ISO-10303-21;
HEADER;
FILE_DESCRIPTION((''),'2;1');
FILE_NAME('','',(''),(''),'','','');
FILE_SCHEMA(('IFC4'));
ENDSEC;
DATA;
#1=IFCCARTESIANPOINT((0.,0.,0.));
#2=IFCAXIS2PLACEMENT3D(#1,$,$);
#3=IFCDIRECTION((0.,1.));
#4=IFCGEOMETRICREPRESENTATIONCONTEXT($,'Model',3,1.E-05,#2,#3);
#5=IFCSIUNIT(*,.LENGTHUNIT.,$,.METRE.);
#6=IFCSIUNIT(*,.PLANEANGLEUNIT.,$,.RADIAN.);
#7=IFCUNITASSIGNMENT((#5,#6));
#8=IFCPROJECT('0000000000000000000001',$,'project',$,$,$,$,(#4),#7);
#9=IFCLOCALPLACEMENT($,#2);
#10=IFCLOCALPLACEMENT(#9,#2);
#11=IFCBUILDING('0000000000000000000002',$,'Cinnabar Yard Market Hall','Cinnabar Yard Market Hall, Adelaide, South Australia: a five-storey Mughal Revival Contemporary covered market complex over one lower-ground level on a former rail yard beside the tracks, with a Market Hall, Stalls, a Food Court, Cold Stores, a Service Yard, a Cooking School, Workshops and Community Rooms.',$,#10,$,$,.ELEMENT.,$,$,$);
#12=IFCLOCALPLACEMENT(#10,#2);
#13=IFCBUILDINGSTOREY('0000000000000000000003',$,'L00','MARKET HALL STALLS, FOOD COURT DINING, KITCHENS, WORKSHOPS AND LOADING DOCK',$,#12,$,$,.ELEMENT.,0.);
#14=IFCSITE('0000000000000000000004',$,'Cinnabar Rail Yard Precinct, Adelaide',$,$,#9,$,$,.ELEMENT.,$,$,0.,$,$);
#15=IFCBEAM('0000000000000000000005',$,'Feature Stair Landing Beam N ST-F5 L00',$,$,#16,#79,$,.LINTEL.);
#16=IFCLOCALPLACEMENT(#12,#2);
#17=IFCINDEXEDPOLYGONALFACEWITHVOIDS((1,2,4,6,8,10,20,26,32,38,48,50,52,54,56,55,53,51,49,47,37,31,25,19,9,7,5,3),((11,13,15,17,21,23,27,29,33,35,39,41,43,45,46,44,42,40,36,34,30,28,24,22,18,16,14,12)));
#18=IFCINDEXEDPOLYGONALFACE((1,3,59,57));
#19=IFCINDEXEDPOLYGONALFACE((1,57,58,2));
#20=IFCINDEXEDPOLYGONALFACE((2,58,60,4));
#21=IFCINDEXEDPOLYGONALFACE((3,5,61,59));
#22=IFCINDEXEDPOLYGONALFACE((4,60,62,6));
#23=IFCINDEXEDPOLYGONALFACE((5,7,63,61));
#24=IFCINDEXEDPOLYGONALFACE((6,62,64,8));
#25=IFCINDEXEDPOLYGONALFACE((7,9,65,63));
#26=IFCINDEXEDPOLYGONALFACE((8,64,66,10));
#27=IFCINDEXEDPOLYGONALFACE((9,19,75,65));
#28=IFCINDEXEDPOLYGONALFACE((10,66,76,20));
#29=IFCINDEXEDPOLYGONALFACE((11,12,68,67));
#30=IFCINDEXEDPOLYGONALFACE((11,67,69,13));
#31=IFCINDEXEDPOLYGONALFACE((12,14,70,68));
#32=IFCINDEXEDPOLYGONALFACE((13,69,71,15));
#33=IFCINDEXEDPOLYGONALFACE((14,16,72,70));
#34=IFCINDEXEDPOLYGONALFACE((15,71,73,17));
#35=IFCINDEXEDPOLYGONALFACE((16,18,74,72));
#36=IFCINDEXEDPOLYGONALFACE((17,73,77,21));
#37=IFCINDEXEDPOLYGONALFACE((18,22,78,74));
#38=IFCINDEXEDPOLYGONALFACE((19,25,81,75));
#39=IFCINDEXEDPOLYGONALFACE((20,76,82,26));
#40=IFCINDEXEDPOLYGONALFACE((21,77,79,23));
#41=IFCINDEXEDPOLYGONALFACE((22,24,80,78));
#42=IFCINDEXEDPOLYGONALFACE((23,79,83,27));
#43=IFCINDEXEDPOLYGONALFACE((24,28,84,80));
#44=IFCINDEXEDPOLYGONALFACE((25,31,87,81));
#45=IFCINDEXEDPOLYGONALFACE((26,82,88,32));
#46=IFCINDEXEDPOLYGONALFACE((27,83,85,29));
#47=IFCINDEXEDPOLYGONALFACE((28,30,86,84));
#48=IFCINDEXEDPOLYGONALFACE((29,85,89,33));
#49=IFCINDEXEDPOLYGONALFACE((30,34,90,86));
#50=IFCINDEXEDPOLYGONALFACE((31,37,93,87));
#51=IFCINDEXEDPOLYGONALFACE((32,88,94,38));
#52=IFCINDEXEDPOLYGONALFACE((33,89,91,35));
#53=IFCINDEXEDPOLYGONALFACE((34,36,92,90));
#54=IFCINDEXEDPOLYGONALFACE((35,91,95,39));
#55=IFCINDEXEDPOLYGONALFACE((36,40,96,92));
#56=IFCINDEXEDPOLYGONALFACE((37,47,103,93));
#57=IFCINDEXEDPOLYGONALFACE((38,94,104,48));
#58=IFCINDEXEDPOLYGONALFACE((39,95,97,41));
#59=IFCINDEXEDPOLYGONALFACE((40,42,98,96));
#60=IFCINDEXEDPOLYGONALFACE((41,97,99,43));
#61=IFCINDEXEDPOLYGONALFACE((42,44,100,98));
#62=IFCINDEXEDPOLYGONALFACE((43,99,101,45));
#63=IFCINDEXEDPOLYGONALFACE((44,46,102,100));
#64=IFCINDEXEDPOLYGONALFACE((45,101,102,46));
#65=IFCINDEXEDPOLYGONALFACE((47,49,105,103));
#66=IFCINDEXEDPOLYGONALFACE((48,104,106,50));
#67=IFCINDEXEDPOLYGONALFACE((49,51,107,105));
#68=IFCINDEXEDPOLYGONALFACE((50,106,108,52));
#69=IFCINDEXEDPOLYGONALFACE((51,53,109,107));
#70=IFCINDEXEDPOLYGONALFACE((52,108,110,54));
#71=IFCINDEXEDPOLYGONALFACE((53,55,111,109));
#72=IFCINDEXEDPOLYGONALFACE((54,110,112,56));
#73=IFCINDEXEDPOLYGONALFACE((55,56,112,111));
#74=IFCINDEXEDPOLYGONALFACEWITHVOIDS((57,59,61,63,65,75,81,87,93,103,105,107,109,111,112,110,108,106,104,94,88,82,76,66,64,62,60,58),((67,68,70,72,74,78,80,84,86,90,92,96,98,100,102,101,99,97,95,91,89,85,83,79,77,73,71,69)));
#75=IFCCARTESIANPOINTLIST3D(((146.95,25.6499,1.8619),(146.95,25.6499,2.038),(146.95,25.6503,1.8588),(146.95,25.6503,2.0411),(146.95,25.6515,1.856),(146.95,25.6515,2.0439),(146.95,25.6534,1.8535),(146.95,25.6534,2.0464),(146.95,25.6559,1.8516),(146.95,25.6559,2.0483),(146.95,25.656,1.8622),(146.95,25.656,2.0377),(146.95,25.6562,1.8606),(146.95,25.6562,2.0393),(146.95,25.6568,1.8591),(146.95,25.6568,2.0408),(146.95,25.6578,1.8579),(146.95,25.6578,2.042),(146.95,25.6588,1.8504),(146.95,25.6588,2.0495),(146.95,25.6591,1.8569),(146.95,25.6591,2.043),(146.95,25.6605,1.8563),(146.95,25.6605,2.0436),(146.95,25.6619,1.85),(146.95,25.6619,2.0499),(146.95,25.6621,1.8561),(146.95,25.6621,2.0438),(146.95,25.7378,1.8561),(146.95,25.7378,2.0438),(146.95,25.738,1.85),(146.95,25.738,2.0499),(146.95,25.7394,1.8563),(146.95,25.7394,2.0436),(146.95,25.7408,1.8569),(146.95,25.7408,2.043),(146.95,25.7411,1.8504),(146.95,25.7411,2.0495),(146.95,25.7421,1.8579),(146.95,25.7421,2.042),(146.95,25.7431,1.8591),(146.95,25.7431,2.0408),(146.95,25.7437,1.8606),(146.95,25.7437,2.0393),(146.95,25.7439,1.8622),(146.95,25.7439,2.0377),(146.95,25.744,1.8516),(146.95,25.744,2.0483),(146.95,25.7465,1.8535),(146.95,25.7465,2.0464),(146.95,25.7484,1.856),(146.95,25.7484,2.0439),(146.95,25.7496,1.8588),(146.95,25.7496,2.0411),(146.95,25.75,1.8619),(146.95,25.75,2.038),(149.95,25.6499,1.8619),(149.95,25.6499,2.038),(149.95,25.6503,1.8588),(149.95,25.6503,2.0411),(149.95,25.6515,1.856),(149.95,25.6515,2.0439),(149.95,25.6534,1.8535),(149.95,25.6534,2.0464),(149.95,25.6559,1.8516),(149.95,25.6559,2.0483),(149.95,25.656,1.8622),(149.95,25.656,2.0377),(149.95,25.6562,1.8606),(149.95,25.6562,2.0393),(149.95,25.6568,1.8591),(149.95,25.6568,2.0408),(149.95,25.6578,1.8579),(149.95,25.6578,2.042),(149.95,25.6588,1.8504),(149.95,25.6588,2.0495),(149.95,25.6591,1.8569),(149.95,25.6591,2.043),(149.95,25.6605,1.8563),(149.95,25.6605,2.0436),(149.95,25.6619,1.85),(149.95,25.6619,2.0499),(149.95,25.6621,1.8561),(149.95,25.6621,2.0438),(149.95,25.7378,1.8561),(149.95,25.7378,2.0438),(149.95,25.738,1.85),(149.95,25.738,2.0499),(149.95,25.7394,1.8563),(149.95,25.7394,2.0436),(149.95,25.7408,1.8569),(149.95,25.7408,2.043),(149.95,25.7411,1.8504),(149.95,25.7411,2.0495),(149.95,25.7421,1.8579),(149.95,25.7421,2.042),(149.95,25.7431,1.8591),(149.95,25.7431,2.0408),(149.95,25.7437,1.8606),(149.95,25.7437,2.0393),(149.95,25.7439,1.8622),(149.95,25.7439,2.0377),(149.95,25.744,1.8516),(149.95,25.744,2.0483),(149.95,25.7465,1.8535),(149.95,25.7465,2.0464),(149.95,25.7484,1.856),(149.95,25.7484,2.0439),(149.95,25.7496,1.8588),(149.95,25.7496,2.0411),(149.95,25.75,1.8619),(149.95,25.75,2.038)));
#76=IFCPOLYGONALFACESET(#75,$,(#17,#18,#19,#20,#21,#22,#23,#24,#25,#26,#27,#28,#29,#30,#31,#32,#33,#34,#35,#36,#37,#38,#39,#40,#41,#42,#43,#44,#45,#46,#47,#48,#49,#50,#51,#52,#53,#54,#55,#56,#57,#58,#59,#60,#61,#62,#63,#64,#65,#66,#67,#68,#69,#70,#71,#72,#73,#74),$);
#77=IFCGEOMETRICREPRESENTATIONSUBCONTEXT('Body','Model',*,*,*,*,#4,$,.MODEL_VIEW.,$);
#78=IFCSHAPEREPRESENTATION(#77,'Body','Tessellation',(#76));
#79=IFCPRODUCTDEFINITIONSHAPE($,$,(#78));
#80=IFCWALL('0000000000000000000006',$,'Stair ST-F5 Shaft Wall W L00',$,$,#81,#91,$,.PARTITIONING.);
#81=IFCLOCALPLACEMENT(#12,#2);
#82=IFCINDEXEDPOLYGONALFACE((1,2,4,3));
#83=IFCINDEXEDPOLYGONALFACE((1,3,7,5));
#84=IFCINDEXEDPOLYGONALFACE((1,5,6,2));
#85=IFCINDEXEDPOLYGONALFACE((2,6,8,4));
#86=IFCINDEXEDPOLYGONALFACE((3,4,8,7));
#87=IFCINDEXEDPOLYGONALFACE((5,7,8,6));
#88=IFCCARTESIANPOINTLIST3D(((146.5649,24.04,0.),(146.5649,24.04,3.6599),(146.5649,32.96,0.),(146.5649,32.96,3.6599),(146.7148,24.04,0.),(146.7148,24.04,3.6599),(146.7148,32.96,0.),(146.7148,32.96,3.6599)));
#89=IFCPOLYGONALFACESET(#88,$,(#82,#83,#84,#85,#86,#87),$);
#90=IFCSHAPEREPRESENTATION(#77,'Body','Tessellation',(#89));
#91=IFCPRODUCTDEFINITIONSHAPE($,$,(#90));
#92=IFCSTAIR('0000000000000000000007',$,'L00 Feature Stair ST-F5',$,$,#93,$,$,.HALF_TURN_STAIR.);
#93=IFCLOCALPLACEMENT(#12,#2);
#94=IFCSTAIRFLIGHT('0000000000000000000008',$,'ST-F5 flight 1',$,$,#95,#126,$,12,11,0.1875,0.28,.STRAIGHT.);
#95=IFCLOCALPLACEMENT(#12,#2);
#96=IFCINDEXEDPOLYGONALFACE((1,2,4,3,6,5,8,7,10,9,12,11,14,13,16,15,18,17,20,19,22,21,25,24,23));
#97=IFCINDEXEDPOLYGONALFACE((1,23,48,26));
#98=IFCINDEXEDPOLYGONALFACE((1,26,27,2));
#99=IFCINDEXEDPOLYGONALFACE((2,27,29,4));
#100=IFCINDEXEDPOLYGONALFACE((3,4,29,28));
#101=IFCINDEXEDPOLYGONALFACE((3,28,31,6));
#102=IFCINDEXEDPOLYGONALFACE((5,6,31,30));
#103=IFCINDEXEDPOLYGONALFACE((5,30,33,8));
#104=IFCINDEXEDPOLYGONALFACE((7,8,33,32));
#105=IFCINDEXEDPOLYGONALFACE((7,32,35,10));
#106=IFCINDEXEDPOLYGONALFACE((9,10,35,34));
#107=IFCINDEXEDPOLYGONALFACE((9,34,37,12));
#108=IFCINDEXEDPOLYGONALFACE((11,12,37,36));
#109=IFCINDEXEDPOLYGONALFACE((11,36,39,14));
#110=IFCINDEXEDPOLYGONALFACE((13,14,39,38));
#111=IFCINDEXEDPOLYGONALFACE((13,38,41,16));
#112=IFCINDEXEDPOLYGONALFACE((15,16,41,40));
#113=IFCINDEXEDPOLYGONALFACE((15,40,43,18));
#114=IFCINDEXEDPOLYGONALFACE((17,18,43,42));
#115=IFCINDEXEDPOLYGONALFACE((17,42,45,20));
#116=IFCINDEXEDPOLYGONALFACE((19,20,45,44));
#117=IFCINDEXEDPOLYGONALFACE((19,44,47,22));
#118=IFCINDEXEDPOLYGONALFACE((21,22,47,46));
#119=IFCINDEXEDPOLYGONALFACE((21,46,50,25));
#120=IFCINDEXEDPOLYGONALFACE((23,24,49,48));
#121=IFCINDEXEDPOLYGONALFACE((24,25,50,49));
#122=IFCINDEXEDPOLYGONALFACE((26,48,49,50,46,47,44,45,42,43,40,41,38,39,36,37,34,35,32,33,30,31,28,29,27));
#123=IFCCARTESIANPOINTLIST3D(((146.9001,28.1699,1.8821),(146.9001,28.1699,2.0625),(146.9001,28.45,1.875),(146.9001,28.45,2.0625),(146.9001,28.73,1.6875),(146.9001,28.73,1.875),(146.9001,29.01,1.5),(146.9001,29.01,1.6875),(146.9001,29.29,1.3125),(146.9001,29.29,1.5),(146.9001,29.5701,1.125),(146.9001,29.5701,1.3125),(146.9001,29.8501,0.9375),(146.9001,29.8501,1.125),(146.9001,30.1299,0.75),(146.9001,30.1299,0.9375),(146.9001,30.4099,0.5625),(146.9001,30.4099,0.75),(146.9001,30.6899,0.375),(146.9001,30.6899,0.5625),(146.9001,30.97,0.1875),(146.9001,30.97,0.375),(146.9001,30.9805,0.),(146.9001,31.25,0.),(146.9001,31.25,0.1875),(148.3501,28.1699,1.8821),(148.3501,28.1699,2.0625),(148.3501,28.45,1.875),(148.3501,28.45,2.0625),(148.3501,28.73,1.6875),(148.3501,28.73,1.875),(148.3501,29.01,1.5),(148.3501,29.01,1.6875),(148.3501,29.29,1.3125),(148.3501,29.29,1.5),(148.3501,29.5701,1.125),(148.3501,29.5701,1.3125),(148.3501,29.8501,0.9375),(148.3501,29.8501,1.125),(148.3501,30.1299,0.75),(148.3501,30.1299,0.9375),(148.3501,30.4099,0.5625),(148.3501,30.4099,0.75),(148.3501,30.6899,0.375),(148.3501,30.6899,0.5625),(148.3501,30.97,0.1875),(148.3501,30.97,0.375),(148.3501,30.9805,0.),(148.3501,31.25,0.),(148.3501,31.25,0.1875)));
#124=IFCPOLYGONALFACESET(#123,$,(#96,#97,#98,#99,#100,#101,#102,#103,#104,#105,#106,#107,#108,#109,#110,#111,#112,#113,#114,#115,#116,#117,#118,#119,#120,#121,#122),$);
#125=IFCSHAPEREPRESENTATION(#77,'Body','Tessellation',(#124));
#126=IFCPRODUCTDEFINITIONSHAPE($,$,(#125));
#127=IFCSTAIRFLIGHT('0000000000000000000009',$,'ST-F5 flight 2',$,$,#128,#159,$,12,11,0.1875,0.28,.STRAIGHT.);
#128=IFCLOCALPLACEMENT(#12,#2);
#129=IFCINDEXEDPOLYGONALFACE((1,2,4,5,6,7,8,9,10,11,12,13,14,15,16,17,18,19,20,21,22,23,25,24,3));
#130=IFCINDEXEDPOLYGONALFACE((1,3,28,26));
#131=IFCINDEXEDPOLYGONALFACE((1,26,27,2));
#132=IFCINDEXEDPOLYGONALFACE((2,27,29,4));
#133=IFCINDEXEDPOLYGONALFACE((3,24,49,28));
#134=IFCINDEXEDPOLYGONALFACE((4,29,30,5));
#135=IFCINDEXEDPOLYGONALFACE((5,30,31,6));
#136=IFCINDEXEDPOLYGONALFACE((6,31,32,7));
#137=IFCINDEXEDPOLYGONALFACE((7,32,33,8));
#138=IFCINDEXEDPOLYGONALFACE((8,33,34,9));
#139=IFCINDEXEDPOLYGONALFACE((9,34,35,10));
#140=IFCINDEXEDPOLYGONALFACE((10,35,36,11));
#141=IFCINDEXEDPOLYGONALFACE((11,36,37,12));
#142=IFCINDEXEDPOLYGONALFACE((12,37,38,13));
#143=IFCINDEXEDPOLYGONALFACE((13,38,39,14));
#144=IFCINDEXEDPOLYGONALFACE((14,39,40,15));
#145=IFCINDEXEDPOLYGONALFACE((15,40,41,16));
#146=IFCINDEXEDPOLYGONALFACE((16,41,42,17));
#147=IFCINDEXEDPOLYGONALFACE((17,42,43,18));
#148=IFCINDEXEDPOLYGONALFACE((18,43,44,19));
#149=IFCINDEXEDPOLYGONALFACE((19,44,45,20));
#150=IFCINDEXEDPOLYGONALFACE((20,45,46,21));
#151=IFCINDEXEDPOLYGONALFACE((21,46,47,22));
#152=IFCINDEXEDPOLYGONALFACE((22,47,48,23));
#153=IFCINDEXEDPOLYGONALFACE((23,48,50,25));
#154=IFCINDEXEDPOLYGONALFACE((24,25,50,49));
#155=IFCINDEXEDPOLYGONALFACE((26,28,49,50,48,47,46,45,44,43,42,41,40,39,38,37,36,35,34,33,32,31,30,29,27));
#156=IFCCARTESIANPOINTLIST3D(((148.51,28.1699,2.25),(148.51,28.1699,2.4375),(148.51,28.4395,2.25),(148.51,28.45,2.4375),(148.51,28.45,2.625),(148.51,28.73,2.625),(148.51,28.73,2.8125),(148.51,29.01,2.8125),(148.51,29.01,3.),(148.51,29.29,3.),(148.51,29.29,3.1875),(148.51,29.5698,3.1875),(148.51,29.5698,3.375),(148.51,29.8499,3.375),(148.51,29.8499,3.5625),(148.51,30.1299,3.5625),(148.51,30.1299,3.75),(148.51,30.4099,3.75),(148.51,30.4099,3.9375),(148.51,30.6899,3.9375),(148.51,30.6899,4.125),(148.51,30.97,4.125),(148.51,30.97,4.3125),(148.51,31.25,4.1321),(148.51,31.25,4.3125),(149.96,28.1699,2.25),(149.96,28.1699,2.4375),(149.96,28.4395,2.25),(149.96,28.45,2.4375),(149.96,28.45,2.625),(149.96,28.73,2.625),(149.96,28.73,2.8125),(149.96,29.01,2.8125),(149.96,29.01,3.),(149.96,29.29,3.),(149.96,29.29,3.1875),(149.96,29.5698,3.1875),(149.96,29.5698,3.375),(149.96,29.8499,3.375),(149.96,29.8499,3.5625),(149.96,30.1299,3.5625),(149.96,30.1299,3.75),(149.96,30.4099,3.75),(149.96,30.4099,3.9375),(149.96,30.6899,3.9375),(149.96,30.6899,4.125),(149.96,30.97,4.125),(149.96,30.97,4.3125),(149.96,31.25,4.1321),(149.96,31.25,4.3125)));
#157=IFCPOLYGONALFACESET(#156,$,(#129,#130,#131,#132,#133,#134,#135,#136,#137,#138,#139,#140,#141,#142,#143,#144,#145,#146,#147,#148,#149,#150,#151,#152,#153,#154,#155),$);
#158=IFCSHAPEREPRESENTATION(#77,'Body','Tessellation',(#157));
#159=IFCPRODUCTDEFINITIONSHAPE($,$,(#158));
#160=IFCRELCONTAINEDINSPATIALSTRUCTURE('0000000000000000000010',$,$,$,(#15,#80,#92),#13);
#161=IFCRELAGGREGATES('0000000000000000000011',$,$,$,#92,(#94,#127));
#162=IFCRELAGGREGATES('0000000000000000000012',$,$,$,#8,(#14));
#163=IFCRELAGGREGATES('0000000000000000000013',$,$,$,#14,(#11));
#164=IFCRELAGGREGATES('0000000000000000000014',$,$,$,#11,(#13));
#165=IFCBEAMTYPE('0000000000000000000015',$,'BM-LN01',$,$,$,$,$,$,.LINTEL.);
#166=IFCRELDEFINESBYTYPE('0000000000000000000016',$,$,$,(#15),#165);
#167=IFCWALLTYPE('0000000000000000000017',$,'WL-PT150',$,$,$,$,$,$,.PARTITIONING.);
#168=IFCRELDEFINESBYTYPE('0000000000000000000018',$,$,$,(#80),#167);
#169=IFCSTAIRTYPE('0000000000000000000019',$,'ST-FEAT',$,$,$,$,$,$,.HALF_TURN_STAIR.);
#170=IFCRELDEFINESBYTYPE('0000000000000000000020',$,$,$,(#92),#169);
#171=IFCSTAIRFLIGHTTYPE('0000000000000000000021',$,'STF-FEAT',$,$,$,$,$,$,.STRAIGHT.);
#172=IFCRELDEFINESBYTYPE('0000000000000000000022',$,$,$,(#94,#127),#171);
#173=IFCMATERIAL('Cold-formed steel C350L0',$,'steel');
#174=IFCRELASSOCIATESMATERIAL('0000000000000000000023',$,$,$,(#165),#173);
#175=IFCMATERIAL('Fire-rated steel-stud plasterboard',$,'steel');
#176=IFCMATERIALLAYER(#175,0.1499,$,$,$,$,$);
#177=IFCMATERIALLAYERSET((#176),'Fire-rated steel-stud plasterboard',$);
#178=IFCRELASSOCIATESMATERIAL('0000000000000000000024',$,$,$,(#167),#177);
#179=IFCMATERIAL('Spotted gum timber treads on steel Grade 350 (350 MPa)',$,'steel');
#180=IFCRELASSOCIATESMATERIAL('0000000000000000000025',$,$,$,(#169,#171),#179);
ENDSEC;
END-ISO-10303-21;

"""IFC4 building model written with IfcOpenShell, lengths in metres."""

from ifc_helpers import new_model, si_unit, direction, frame, frame_2d, origin, origin_2d_with_axis, place, context, subcontext, project, spatial, polyline, rectangle, hollow_rectangle, outline, extrude, material, layer, layer_set, material_profile, profile_set, type_object, element, aggregate, save


model = new_model("IFC4")

# Units and contexts
model_context = context("Model", 3, precision=1e-05, world=origin(), true_north=direction((0.0, 1.0)))
body_context = subcontext(model_context, "Body", "Model", "MODEL_VIEW")
ifc_project = project(units=[si_unit("LENGTHUNIT", "METRE"), si_unit("PLANEANGLEUNIT", "RADIAN")], contexts=[model_context])

# Site, building, storey
site_placement = place(None, origin())
site = spatial("IfcSite", under=ifc_project, at=site_placement, Name="Cinnabar Rail Yard Precinct, Adelaide", CompositionType="ELEMENT", RefElevation=0.0)
building_placement = place(site_placement, origin())
building = spatial("IfcBuilding", under=site, at=building_placement, Name="Cinnabar Yard Market Hall", Description="Cinnabar Yard Market Hall, Adelaide, South Australia: a five-storey Mughal Revival Contemporary covered market complex over one lower-ground level on a former rail yard beside the tracks, with a Market Hall, Stalls, a Food Court, Cold Stores, a Service Yard, a Cooking School, Workshops and Community Rooms.", CompositionType="ELEMENT")
storey_placement = place(building_placement, origin())
storey = spatial("IfcBuildingStorey", under=building, at=storey_placement, Name="L00", Description="MARKET HALL STALLS, FOOD COURT DINING, KITCHENS, WORKSHOPS AND LOADING DOCK", CompositionType="ELEMENT", Elevation=0.0)

# Shared definitions
ifc_material_1 = material(Name="Cold-formed steel C350L0", Category="steel")

# Beam
ifc_material_profile_1 = material_profile(ifc_material_1, hollow_rectangle(XDim=0.1001, YDim=0.2, WallThickness=0.0061, InnerFilletRadius=0.0061, OuterFilletRadius=0.012, at=origin_2d_with_axis()), Name="200x100x6.0RHS")
ifc_profile_set_1 = profile_set([ifc_material_profile_1], Name="Cold-formed steel C350L0")
beam_type = type_object("IfcBeamType", Name="BM-LN01", PredefinedType="LINTEL", material=ifc_profile_set_1)
beam_placement = place(storey_placement, frame((146.95, 25.7, 1.95), z_axis=(1.0, 0.0, 0.0), x_axis=(0.0, 1.0, 0.0)))
element("IfcBeam", 1, at=beam_placement, inside=storey, type_object=beam_type, Name="Feature Stair Landing Beam N ST-F5 L00", PredefinedType="LINTEL", context=body_context, shape_type="SweptSolid", body=[
    extrude(hollow_rectangle(XDim=0.1001, YDim=0.2, WallThickness=0.0061, InnerFilletRadius=0.0061, OuterFilletRadius=0.012, at=origin_2d_with_axis()), origin(), (0.0, 0.0, 1.0), 3.0),
])

# Wall
ifc_material_2 = material(Name="Fire-rated steel-stud plasterboard", Category="steel")
ifc_layer_1 = layer(ifc_material_2, 0.1499)
ifc_layer_set_1 = layer_set([ifc_layer_1], Name="Fire-rated steel-stud plasterboard")
wall_type_1 = type_object("IfcWallType", Name="WL-PT150", PredefinedType="PARTITIONING", material=ifc_layer_set_1)
wall_1_placement = place(storey_placement, frame((146.6399, 32.96, 0.0), z_axis=(0.0, 0.0, 1.0), x_axis=(0.0, -1.0, 0.0)))
element("IfcWall", 2, at=wall_1_placement, inside=storey, type_object=wall_type_1, Name="Stair ST-F5 Shaft Wall W L00", PredefinedType="PARTITIONING", context=body_context, shape_type="SweptSolid", body=[
    extrude(rectangle(XDim=8.9199, YDim=0.1499, at=frame_2d((4.46, 0.0), x_axis=(1.0, 0.0))), origin(), (0.0, 0.0, 1.0), 3.6599),
])

# Stair, stair flights
ifc_material_3 = material(Name="Spotted gum timber treads on steel Grade 350 (350 MPa)", Category="steel")
stair_type = type_object("IfcStairType", Name="ST-FEAT", PredefinedType="HALF_TURN_STAIR", material=ifc_material_3)
stair_placement = place(storey_placement, origin())
stair = element("IfcStair", 3, at=stair_placement, inside=storey, type_object=stair_type, Name="L00 Feature Stair ST-F5", PredefinedType="HALF_TURN_STAIR")
stair_flight_type = type_object("IfcStairFlightType", Name="STF-FEAT", PredefinedType="STRAIGHT", material=ifc_material_3)
stair_flight_1_placement = place(storey_placement, frame((147.625, 31.25, 0.0), z_axis=(0.0, 0.0, 1.0), x_axis=(0.0, -1.0, 0.0)))
stair_flight_1 = element("IfcStairFlight", 4, at=stair_flight_1_placement, type_object=stair_flight_type, Name="ST-F5 flight 1", NumberOfRisers=12, NumberOfTreads=11, PredefinedType="STRAIGHT", RiserHeight=0.1875, TreadLength=0.28, context=body_context, shape_type="SweptSolid", body=[
    extrude(outline(polyline([(0.0, 0.0), (0.0, 0.1875), (0.28, 0.1875), (0.28, 0.375), (0.5601, 0.375), (0.5601, 0.5625), (0.8401, 0.5625), (0.8401, 0.75), (1.1201, 0.75), (1.1201, 0.9375), (1.3999, 0.9375), (1.3999, 1.125), (1.6799, 1.125), (1.6799, 1.3125), (1.96, 1.3125), (1.96, 1.5), (2.24, 1.5), (2.24, 1.6875), (2.52, 1.6875), (2.52, 1.875), (2.8, 1.875), (2.8, 2.0625), (3.0801, 2.0625), (3.0801, 2.25), (3.0801, 1.8821), (0.2695, 0.0), (0.0, 0.0)])), frame((0.0, 0.7251, 0.0), z_axis=(0.0, -1.0, 0.0), x_axis=(1.0, 0.0, 0.0)), (0.0, 0.0, 1.0), 1.45),
])
stair_flight_2_placement = place(storey_placement, frame((149.2351, 28.1699, 2.25), z_axis=(0.0, 0.0, 1.0), x_axis=(0.0, 1.0, 0.0)))
stair_flight_2 = element("IfcStairFlight", 5, at=stair_flight_2_placement, type_object=stair_flight_type, Name="ST-F5 flight 2", NumberOfRisers=12, NumberOfTreads=11, PredefinedType="STRAIGHT", RiserHeight=0.1875, TreadLength=0.28, context=body_context, shape_type="SweptSolid", body=[
    extrude(outline(polyline([(0.0, 0.0), (0.0, 0.1875), (0.28, 0.1875), (0.28, 0.375), (0.5601, 0.375), (0.5601, 0.5625), (0.8401, 0.5625), (0.8401, 0.75), (1.1201, 0.75), (1.1201, 0.9375), (1.3999, 0.9375), (1.3999, 1.125), (1.6799, 1.125), (1.6799, 1.3125), (1.96, 1.3125), (1.96, 1.5), (2.24, 1.5), (2.24, 1.6875), (2.52, 1.6875), (2.52, 1.875), (2.8, 1.875), (2.8, 2.0625), (3.0801, 2.0625), (3.0801, 2.25), (3.0801, 1.8821), (0.2695, 0.0), (0.0, 0.0)])), frame((0.0, 0.7251, 0.0), z_axis=(0.0, -1.0, 0.0), x_axis=(1.0, 0.0, 0.0)), (0.0, 0.0, 1.0), 1.45),
])
aggregate(stair, [stair_flight_1, stair_flight_2])

save(model, "model.ifc")
